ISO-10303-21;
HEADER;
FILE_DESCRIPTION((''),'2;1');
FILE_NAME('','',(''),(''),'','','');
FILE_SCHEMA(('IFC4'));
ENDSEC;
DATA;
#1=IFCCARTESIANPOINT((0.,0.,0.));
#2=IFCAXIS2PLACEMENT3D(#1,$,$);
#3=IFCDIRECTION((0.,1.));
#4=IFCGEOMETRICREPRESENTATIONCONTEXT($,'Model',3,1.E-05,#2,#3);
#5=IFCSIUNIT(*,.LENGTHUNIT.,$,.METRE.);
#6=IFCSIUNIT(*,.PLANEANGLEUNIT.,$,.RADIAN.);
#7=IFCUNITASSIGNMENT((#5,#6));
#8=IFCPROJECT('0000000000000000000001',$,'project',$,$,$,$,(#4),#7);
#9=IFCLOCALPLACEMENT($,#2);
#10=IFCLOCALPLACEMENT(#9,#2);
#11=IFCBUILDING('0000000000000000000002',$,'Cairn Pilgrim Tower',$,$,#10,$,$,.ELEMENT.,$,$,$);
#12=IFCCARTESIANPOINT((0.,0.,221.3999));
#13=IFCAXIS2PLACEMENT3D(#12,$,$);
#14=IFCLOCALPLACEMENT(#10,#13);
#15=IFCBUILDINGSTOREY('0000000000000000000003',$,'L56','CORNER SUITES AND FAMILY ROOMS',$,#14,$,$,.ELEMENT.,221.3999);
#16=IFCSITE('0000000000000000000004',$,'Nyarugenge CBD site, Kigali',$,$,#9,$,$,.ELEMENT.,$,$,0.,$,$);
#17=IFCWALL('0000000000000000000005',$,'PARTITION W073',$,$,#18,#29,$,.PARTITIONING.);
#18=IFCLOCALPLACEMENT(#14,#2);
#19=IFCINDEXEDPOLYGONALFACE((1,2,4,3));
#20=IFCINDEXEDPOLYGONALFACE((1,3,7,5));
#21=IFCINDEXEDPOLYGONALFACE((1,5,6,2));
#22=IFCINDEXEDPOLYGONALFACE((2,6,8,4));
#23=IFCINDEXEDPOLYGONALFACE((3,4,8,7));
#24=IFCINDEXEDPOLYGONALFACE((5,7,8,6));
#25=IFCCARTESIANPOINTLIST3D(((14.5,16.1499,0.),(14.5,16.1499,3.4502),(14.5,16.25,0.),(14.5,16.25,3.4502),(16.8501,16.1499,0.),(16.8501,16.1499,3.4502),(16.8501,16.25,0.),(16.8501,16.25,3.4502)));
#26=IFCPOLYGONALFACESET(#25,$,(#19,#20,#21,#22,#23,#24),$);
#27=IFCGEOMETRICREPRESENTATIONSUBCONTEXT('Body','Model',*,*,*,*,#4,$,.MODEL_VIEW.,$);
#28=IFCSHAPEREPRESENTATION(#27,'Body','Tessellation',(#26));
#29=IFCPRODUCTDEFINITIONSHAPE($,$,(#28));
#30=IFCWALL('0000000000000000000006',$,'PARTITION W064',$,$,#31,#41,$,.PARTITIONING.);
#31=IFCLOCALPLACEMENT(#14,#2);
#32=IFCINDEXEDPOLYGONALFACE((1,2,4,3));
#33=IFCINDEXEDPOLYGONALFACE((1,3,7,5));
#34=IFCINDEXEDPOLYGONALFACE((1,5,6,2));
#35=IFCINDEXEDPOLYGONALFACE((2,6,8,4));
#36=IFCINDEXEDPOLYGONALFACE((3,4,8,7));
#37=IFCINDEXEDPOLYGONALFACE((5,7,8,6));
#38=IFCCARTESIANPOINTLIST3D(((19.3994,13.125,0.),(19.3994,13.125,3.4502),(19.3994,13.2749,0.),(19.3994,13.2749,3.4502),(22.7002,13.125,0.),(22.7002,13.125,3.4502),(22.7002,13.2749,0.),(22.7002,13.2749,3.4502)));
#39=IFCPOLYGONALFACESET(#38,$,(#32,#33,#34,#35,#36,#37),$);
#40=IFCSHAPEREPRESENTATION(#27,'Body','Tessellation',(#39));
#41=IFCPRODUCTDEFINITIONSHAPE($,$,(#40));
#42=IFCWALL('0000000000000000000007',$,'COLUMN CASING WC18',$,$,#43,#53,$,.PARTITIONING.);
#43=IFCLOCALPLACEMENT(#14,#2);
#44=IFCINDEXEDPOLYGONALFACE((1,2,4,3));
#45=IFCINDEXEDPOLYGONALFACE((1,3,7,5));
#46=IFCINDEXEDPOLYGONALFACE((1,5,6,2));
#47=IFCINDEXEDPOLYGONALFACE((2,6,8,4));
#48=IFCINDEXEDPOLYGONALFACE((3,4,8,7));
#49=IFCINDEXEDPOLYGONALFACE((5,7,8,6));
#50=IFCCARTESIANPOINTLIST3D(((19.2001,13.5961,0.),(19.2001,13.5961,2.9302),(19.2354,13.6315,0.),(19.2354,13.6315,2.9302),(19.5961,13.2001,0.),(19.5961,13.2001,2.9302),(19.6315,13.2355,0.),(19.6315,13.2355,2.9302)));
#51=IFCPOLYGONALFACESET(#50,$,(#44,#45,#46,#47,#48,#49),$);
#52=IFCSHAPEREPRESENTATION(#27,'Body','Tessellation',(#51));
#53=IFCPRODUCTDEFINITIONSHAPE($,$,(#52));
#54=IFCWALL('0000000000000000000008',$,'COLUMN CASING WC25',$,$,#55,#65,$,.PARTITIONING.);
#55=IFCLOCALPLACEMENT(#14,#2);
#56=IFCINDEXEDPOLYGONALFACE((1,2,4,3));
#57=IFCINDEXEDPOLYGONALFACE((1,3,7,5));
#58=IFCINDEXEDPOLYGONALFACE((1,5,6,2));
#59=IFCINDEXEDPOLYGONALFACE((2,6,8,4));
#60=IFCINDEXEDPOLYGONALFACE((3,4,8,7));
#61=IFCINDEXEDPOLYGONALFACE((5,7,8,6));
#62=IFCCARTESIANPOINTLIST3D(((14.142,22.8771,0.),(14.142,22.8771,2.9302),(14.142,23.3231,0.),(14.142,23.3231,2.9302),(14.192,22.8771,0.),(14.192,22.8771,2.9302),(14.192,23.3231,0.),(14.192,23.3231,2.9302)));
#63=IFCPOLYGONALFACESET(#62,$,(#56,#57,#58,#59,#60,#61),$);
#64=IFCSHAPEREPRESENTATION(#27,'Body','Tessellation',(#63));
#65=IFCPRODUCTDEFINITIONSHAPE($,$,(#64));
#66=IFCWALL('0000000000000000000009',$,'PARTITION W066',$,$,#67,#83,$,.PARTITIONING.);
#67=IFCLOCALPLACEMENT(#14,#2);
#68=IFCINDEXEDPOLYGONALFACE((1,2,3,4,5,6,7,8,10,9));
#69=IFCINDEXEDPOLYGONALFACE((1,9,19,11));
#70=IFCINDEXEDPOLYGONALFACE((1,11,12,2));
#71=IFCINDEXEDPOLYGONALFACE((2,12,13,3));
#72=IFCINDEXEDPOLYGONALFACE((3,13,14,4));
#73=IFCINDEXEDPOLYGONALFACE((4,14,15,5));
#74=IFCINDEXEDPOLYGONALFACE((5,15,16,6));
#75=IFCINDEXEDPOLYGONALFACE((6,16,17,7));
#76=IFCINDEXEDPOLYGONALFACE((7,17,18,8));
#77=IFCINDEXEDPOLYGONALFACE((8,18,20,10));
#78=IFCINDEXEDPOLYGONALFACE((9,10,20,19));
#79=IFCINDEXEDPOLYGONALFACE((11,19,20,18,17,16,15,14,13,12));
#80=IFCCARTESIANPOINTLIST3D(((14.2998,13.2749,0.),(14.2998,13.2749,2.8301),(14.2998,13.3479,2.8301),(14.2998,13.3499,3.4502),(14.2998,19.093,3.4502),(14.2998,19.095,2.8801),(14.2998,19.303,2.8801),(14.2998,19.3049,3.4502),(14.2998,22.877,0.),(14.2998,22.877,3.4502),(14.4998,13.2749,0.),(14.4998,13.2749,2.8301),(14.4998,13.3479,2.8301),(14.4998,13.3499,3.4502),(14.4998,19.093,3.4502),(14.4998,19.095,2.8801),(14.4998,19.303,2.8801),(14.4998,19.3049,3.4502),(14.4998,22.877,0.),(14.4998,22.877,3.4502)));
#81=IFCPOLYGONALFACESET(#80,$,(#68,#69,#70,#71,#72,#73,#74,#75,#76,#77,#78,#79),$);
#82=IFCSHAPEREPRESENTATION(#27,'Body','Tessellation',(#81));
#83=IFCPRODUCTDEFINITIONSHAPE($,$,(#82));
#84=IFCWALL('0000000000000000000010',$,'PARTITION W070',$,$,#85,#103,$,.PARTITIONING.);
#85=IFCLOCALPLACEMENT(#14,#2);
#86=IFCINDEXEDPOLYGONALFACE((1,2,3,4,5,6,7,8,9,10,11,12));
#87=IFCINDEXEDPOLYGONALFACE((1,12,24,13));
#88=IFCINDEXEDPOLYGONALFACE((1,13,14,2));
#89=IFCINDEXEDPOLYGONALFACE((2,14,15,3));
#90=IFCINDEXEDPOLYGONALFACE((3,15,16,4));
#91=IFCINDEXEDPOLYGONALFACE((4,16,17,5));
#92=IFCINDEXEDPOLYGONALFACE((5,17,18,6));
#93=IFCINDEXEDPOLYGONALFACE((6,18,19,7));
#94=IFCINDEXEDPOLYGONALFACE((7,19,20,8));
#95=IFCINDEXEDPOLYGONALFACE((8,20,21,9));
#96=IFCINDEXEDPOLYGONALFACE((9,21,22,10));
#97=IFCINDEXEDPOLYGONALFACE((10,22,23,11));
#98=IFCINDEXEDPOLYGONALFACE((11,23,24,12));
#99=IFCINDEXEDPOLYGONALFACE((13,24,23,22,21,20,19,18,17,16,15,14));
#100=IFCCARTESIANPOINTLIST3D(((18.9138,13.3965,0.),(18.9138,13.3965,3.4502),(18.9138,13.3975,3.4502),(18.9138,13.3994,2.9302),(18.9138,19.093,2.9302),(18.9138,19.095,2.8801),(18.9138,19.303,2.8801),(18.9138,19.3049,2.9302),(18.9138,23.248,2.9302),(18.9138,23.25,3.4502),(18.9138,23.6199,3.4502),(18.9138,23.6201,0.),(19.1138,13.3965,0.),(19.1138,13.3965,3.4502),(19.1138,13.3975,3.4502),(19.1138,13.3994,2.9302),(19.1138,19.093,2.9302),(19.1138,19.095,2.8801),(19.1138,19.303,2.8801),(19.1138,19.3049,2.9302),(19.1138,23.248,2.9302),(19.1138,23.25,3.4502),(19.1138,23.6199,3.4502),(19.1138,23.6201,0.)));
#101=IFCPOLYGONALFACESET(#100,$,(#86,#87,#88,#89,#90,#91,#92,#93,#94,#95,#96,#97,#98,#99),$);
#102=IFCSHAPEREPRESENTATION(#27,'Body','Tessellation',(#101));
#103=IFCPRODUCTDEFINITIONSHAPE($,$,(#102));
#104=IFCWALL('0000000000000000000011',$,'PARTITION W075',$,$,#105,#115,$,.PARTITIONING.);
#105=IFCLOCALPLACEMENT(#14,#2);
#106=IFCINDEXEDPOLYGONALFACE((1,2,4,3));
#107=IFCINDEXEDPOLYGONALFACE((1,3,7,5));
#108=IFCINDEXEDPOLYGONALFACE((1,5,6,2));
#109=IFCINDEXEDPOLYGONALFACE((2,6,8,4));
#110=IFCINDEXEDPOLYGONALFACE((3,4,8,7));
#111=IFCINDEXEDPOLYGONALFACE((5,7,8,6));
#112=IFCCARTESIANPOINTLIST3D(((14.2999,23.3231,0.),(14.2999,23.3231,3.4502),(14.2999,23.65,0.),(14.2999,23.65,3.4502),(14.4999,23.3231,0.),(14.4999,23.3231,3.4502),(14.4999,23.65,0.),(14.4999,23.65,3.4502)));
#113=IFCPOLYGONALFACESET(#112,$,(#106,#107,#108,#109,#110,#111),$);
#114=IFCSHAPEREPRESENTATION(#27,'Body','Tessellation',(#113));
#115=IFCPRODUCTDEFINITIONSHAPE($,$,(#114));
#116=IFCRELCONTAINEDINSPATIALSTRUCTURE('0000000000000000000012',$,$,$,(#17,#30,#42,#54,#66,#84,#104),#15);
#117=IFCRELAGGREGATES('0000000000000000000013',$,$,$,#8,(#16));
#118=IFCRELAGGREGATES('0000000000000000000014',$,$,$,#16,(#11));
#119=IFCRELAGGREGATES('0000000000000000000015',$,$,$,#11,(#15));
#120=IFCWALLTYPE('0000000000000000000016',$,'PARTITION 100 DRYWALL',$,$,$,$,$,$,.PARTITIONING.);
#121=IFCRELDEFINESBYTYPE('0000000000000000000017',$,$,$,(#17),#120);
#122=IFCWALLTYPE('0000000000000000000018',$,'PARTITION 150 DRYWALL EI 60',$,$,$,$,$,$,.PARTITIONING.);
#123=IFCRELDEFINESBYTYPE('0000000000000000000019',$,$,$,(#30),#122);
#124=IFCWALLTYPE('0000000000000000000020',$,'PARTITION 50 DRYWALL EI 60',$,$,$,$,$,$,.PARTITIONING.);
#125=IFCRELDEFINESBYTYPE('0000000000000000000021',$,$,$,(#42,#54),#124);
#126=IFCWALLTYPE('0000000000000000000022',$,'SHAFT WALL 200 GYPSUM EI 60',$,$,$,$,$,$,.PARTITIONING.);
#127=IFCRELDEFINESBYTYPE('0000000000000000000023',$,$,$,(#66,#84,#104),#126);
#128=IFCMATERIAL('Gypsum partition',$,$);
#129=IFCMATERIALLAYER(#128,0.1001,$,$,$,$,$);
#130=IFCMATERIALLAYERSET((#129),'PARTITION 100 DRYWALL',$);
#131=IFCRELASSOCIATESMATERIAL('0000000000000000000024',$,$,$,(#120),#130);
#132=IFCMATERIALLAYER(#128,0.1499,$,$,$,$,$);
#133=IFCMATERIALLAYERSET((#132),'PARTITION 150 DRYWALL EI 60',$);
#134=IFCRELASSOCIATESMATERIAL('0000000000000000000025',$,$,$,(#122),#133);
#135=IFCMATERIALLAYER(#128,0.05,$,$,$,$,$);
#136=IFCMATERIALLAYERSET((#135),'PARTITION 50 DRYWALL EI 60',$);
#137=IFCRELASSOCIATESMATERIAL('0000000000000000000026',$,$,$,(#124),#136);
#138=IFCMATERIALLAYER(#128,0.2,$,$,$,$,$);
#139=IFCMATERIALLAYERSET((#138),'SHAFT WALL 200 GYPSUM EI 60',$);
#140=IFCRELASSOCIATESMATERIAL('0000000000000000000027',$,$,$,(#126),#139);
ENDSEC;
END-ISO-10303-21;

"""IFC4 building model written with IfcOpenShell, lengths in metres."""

from ifc_helpers import new_model, si_unit, direction, frame, frame_2d, origin, place, context, subcontext, project, spatial, polyline, rectangle, outline, extrude, material, layer, layer_set, type_object, element, save


model = new_model("IFC4")

# Units and contexts
model_context = context("Model", 3, precision=1e-05, world=origin(), true_north=direction((0.0, 1.0)))
body_context = subcontext(model_context, "Body", "Model", "MODEL_VIEW")
ifc_project = project(units=[si_unit("LENGTHUNIT", "METRE"), si_unit("PLANEANGLEUNIT", "RADIAN")], contexts=[model_context])

# Site, building, storey
site_placement = place(None, origin())
site = spatial("IfcSite", under=ifc_project, at=site_placement, Name="Nyarugenge CBD site, Kigali", CompositionType="ELEMENT", RefElevation=0.0)
building_placement = place(site_placement, origin())
building = spatial("IfcBuilding", under=site, at=building_placement, Name="Cairn Pilgrim Tower", CompositionType="ELEMENT")
storey_placement = place(building_placement, frame((0.0, 0.0, 221.3999)))
storey = spatial("IfcBuildingStorey", under=building, at=storey_placement, Name="L56", Description="CORNER SUITES AND FAMILY ROOMS", CompositionType="ELEMENT", Elevation=221.3999)

# Shared definitions
ifc_material_1 = material(Name="Gypsum partition")
ifc_layer_1 = layer(ifc_material_1, 0.1001)
ifc_layer_set_1 = layer_set([ifc_layer_1], Name="PARTITION 100 DRYWALL")
wall_type_1 = type_object("IfcWallType", Name="PARTITION 100 DRYWALL", PredefinedType="PARTITIONING", material=ifc_layer_set_1)

# Walls
wall_1_placement = place(storey_placement, frame((14.5, 16.2, 0.0), z_axis=(0.0, 0.0, 1.0), x_axis=(1.0, 0.0, 0.0)))
element("IfcWall", 1, at=wall_1_placement, inside=storey, type_object=wall_type_1, Name="PARTITION W073", PredefinedType="PARTITIONING", context=body_context, shape_type="SweptSolid", body=[
    extrude(rectangle(XDim=2.3501, YDim=0.1001, at=frame_2d((1.175, 0.0))), origin(), (0.0, 0.0, 1.0), 3.4502),
])
ifc_layer_2 = layer(ifc_material_1, 0.1499)
ifc_layer_set_2 = layer_set([ifc_layer_2], Name="PARTITION 150 DRYWALL EI 60")
wall_type_2 = type_object("IfcWallType", Name="PARTITION 150 DRYWALL EI 60", PredefinedType="PARTITIONING", material=ifc_layer_set_2)
wall_2_placement = place(storey_placement, frame((19.3994, 13.2, 0.0), z_axis=(0.0, 0.0, 1.0), x_axis=(1.0, 0.0, 0.0)))
element("IfcWall", 2, at=wall_2_placement, inside=storey, type_object=wall_type_2, Name="PARTITION W064", PredefinedType="PARTITIONING", context=body_context, shape_type="SweptSolid", body=[
    extrude(rectangle(XDim=3.3008, YDim=0.1499, at=frame_2d((1.6504, 0.0))), origin(), (0.0, 0.0, 1.0), 3.4502),
])
ifc_layer_3 = layer(ifc_material_1, 0.05)
ifc_layer_set_3 = layer_set([ifc_layer_3], Name="PARTITION 50 DRYWALL EI 60")
wall_type_3 = type_object("IfcWallType", Name="PARTITION 50 DRYWALL EI 60", PredefinedType="PARTITIONING", material=ifc_layer_set_3)
wall_3_placement = place(storey_placement, frame((19.6138, 13.2178, 0.0), z_axis=(0.0, 0.0, 1.0), x_axis=(-0.707107, 0.707107, 0.0)))
element("IfcWall", 3, at=wall_3_placement, inside=storey, type_object=wall_type_3, Name="COLUMN CASING WC18", PredefinedType="PARTITIONING", context=body_context, shape_type="SweptSolid", body=[
    extrude(rectangle(XDim=0.5601, YDim=0.05, at=frame_2d((0.28, 0.0))), origin(), (0.0, 0.0, 1.0), 2.9302),
])
wall_4_placement = place(storey_placement, frame((14.167, 22.877, 0.0), z_axis=(0.0, 0.0, 1.0), x_axis=(0.0, 1.0, 0.0)))
element("IfcWall", 4, at=wall_4_placement, inside=storey, type_object=wall_type_3, Name="COLUMN CASING WC25", PredefinedType="PARTITIONING", context=body_context, shape_type="SweptSolid", body=[
    extrude(rectangle(XDim=0.446, YDim=0.05, at=frame_2d((0.2231, 0.0))), origin(), (0.0, 0.0, 1.0), 2.9302),
])
ifc_layer_4 = layer(ifc_material_1, 0.2)
ifc_layer_set_4 = layer_set([ifc_layer_4], Name="SHAFT WALL 200 GYPSUM EI 60")
wall_type_4 = type_object("IfcWallType", Name="SHAFT WALL 200 GYPSUM EI 60", PredefinedType="PARTITIONING", material=ifc_layer_set_4)
wall_5_placement = place(storey_placement, frame((14.3999, 13.2749, 0.0), z_axis=(0.0, 0.0, 1.0), x_axis=(0.0, 1.0, 0.0)))
element("IfcWall", 5, at=wall_5_placement, inside=storey, type_object=wall_type_4, Name="PARTITION W066", PredefinedType="PARTITIONING", context=body_context, shape_type="SweptSolid", body=[
    extrude(outline(polyline([(0.0, 0.0), (9.6021, 0.0), (9.6021, 3.4502), (6.03, 3.4502), (6.0281, 2.8801), (5.8201, 2.8801), (5.8181, 3.4502), (0.075, 3.4502), (0.073, 2.8301), (0.0, 2.8301), (0.0, 0.0)])), frame((0.0, 0.1001, 0.0), z_axis=(0.0, -1.0, 0.0), x_axis=(1.0, 0.0, 0.0)), (0.0, 0.0, 1.0), 0.2),
])
wall_6_placement = place(storey_placement, frame((19.0139, 13.3965, 0.0), z_axis=(0.0, 0.0, 1.0), x_axis=(0.0, 1.0, 0.0)))
element("IfcWall", 6, at=wall_6_placement, inside=storey, type_object=wall_type_4, Name="PARTITION W070", PredefinedType="PARTITIONING", context=body_context, shape_type="SweptSolid", body=[
    extrude(outline(polyline([(0.0, 0.0), (10.2236, 0.0), (10.2234, 3.4502), (9.8535, 3.4502), (9.8516, 2.9302), (5.9084, 2.9302), (5.9065, 2.8801), (5.6985, 2.8801), (5.6965, 2.9302), (0.0029, 2.9302), (0.001, 3.4502), (0.0, 3.4502), (0.0, 0.0)])), frame((0.0, 0.1001, 0.0), z_axis=(0.0, -1.0, 0.0), x_axis=(1.0, 0.0, 0.0)), (0.0, 0.0, 1.0), 0.2),
])
wall_7_placement = place(storey_placement, frame((14.3999, 23.323, 0.0), z_axis=(0.0, 0.0, 1.0), x_axis=(0.0, 1.0, 0.0)))
element("IfcWall", 7, at=wall_7_placement, inside=storey, type_object=wall_type_4, Name="PARTITION W075", PredefinedType="PARTITIONING", context=body_context, shape_type="SweptSolid", body=[
    extrude(rectangle(XDim=0.3269, YDim=0.2, at=frame_2d((0.1636, 0.0))), origin(), (0.0, 0.0, 1.0), 3.4502),
])

save(model, "model.ifc")
